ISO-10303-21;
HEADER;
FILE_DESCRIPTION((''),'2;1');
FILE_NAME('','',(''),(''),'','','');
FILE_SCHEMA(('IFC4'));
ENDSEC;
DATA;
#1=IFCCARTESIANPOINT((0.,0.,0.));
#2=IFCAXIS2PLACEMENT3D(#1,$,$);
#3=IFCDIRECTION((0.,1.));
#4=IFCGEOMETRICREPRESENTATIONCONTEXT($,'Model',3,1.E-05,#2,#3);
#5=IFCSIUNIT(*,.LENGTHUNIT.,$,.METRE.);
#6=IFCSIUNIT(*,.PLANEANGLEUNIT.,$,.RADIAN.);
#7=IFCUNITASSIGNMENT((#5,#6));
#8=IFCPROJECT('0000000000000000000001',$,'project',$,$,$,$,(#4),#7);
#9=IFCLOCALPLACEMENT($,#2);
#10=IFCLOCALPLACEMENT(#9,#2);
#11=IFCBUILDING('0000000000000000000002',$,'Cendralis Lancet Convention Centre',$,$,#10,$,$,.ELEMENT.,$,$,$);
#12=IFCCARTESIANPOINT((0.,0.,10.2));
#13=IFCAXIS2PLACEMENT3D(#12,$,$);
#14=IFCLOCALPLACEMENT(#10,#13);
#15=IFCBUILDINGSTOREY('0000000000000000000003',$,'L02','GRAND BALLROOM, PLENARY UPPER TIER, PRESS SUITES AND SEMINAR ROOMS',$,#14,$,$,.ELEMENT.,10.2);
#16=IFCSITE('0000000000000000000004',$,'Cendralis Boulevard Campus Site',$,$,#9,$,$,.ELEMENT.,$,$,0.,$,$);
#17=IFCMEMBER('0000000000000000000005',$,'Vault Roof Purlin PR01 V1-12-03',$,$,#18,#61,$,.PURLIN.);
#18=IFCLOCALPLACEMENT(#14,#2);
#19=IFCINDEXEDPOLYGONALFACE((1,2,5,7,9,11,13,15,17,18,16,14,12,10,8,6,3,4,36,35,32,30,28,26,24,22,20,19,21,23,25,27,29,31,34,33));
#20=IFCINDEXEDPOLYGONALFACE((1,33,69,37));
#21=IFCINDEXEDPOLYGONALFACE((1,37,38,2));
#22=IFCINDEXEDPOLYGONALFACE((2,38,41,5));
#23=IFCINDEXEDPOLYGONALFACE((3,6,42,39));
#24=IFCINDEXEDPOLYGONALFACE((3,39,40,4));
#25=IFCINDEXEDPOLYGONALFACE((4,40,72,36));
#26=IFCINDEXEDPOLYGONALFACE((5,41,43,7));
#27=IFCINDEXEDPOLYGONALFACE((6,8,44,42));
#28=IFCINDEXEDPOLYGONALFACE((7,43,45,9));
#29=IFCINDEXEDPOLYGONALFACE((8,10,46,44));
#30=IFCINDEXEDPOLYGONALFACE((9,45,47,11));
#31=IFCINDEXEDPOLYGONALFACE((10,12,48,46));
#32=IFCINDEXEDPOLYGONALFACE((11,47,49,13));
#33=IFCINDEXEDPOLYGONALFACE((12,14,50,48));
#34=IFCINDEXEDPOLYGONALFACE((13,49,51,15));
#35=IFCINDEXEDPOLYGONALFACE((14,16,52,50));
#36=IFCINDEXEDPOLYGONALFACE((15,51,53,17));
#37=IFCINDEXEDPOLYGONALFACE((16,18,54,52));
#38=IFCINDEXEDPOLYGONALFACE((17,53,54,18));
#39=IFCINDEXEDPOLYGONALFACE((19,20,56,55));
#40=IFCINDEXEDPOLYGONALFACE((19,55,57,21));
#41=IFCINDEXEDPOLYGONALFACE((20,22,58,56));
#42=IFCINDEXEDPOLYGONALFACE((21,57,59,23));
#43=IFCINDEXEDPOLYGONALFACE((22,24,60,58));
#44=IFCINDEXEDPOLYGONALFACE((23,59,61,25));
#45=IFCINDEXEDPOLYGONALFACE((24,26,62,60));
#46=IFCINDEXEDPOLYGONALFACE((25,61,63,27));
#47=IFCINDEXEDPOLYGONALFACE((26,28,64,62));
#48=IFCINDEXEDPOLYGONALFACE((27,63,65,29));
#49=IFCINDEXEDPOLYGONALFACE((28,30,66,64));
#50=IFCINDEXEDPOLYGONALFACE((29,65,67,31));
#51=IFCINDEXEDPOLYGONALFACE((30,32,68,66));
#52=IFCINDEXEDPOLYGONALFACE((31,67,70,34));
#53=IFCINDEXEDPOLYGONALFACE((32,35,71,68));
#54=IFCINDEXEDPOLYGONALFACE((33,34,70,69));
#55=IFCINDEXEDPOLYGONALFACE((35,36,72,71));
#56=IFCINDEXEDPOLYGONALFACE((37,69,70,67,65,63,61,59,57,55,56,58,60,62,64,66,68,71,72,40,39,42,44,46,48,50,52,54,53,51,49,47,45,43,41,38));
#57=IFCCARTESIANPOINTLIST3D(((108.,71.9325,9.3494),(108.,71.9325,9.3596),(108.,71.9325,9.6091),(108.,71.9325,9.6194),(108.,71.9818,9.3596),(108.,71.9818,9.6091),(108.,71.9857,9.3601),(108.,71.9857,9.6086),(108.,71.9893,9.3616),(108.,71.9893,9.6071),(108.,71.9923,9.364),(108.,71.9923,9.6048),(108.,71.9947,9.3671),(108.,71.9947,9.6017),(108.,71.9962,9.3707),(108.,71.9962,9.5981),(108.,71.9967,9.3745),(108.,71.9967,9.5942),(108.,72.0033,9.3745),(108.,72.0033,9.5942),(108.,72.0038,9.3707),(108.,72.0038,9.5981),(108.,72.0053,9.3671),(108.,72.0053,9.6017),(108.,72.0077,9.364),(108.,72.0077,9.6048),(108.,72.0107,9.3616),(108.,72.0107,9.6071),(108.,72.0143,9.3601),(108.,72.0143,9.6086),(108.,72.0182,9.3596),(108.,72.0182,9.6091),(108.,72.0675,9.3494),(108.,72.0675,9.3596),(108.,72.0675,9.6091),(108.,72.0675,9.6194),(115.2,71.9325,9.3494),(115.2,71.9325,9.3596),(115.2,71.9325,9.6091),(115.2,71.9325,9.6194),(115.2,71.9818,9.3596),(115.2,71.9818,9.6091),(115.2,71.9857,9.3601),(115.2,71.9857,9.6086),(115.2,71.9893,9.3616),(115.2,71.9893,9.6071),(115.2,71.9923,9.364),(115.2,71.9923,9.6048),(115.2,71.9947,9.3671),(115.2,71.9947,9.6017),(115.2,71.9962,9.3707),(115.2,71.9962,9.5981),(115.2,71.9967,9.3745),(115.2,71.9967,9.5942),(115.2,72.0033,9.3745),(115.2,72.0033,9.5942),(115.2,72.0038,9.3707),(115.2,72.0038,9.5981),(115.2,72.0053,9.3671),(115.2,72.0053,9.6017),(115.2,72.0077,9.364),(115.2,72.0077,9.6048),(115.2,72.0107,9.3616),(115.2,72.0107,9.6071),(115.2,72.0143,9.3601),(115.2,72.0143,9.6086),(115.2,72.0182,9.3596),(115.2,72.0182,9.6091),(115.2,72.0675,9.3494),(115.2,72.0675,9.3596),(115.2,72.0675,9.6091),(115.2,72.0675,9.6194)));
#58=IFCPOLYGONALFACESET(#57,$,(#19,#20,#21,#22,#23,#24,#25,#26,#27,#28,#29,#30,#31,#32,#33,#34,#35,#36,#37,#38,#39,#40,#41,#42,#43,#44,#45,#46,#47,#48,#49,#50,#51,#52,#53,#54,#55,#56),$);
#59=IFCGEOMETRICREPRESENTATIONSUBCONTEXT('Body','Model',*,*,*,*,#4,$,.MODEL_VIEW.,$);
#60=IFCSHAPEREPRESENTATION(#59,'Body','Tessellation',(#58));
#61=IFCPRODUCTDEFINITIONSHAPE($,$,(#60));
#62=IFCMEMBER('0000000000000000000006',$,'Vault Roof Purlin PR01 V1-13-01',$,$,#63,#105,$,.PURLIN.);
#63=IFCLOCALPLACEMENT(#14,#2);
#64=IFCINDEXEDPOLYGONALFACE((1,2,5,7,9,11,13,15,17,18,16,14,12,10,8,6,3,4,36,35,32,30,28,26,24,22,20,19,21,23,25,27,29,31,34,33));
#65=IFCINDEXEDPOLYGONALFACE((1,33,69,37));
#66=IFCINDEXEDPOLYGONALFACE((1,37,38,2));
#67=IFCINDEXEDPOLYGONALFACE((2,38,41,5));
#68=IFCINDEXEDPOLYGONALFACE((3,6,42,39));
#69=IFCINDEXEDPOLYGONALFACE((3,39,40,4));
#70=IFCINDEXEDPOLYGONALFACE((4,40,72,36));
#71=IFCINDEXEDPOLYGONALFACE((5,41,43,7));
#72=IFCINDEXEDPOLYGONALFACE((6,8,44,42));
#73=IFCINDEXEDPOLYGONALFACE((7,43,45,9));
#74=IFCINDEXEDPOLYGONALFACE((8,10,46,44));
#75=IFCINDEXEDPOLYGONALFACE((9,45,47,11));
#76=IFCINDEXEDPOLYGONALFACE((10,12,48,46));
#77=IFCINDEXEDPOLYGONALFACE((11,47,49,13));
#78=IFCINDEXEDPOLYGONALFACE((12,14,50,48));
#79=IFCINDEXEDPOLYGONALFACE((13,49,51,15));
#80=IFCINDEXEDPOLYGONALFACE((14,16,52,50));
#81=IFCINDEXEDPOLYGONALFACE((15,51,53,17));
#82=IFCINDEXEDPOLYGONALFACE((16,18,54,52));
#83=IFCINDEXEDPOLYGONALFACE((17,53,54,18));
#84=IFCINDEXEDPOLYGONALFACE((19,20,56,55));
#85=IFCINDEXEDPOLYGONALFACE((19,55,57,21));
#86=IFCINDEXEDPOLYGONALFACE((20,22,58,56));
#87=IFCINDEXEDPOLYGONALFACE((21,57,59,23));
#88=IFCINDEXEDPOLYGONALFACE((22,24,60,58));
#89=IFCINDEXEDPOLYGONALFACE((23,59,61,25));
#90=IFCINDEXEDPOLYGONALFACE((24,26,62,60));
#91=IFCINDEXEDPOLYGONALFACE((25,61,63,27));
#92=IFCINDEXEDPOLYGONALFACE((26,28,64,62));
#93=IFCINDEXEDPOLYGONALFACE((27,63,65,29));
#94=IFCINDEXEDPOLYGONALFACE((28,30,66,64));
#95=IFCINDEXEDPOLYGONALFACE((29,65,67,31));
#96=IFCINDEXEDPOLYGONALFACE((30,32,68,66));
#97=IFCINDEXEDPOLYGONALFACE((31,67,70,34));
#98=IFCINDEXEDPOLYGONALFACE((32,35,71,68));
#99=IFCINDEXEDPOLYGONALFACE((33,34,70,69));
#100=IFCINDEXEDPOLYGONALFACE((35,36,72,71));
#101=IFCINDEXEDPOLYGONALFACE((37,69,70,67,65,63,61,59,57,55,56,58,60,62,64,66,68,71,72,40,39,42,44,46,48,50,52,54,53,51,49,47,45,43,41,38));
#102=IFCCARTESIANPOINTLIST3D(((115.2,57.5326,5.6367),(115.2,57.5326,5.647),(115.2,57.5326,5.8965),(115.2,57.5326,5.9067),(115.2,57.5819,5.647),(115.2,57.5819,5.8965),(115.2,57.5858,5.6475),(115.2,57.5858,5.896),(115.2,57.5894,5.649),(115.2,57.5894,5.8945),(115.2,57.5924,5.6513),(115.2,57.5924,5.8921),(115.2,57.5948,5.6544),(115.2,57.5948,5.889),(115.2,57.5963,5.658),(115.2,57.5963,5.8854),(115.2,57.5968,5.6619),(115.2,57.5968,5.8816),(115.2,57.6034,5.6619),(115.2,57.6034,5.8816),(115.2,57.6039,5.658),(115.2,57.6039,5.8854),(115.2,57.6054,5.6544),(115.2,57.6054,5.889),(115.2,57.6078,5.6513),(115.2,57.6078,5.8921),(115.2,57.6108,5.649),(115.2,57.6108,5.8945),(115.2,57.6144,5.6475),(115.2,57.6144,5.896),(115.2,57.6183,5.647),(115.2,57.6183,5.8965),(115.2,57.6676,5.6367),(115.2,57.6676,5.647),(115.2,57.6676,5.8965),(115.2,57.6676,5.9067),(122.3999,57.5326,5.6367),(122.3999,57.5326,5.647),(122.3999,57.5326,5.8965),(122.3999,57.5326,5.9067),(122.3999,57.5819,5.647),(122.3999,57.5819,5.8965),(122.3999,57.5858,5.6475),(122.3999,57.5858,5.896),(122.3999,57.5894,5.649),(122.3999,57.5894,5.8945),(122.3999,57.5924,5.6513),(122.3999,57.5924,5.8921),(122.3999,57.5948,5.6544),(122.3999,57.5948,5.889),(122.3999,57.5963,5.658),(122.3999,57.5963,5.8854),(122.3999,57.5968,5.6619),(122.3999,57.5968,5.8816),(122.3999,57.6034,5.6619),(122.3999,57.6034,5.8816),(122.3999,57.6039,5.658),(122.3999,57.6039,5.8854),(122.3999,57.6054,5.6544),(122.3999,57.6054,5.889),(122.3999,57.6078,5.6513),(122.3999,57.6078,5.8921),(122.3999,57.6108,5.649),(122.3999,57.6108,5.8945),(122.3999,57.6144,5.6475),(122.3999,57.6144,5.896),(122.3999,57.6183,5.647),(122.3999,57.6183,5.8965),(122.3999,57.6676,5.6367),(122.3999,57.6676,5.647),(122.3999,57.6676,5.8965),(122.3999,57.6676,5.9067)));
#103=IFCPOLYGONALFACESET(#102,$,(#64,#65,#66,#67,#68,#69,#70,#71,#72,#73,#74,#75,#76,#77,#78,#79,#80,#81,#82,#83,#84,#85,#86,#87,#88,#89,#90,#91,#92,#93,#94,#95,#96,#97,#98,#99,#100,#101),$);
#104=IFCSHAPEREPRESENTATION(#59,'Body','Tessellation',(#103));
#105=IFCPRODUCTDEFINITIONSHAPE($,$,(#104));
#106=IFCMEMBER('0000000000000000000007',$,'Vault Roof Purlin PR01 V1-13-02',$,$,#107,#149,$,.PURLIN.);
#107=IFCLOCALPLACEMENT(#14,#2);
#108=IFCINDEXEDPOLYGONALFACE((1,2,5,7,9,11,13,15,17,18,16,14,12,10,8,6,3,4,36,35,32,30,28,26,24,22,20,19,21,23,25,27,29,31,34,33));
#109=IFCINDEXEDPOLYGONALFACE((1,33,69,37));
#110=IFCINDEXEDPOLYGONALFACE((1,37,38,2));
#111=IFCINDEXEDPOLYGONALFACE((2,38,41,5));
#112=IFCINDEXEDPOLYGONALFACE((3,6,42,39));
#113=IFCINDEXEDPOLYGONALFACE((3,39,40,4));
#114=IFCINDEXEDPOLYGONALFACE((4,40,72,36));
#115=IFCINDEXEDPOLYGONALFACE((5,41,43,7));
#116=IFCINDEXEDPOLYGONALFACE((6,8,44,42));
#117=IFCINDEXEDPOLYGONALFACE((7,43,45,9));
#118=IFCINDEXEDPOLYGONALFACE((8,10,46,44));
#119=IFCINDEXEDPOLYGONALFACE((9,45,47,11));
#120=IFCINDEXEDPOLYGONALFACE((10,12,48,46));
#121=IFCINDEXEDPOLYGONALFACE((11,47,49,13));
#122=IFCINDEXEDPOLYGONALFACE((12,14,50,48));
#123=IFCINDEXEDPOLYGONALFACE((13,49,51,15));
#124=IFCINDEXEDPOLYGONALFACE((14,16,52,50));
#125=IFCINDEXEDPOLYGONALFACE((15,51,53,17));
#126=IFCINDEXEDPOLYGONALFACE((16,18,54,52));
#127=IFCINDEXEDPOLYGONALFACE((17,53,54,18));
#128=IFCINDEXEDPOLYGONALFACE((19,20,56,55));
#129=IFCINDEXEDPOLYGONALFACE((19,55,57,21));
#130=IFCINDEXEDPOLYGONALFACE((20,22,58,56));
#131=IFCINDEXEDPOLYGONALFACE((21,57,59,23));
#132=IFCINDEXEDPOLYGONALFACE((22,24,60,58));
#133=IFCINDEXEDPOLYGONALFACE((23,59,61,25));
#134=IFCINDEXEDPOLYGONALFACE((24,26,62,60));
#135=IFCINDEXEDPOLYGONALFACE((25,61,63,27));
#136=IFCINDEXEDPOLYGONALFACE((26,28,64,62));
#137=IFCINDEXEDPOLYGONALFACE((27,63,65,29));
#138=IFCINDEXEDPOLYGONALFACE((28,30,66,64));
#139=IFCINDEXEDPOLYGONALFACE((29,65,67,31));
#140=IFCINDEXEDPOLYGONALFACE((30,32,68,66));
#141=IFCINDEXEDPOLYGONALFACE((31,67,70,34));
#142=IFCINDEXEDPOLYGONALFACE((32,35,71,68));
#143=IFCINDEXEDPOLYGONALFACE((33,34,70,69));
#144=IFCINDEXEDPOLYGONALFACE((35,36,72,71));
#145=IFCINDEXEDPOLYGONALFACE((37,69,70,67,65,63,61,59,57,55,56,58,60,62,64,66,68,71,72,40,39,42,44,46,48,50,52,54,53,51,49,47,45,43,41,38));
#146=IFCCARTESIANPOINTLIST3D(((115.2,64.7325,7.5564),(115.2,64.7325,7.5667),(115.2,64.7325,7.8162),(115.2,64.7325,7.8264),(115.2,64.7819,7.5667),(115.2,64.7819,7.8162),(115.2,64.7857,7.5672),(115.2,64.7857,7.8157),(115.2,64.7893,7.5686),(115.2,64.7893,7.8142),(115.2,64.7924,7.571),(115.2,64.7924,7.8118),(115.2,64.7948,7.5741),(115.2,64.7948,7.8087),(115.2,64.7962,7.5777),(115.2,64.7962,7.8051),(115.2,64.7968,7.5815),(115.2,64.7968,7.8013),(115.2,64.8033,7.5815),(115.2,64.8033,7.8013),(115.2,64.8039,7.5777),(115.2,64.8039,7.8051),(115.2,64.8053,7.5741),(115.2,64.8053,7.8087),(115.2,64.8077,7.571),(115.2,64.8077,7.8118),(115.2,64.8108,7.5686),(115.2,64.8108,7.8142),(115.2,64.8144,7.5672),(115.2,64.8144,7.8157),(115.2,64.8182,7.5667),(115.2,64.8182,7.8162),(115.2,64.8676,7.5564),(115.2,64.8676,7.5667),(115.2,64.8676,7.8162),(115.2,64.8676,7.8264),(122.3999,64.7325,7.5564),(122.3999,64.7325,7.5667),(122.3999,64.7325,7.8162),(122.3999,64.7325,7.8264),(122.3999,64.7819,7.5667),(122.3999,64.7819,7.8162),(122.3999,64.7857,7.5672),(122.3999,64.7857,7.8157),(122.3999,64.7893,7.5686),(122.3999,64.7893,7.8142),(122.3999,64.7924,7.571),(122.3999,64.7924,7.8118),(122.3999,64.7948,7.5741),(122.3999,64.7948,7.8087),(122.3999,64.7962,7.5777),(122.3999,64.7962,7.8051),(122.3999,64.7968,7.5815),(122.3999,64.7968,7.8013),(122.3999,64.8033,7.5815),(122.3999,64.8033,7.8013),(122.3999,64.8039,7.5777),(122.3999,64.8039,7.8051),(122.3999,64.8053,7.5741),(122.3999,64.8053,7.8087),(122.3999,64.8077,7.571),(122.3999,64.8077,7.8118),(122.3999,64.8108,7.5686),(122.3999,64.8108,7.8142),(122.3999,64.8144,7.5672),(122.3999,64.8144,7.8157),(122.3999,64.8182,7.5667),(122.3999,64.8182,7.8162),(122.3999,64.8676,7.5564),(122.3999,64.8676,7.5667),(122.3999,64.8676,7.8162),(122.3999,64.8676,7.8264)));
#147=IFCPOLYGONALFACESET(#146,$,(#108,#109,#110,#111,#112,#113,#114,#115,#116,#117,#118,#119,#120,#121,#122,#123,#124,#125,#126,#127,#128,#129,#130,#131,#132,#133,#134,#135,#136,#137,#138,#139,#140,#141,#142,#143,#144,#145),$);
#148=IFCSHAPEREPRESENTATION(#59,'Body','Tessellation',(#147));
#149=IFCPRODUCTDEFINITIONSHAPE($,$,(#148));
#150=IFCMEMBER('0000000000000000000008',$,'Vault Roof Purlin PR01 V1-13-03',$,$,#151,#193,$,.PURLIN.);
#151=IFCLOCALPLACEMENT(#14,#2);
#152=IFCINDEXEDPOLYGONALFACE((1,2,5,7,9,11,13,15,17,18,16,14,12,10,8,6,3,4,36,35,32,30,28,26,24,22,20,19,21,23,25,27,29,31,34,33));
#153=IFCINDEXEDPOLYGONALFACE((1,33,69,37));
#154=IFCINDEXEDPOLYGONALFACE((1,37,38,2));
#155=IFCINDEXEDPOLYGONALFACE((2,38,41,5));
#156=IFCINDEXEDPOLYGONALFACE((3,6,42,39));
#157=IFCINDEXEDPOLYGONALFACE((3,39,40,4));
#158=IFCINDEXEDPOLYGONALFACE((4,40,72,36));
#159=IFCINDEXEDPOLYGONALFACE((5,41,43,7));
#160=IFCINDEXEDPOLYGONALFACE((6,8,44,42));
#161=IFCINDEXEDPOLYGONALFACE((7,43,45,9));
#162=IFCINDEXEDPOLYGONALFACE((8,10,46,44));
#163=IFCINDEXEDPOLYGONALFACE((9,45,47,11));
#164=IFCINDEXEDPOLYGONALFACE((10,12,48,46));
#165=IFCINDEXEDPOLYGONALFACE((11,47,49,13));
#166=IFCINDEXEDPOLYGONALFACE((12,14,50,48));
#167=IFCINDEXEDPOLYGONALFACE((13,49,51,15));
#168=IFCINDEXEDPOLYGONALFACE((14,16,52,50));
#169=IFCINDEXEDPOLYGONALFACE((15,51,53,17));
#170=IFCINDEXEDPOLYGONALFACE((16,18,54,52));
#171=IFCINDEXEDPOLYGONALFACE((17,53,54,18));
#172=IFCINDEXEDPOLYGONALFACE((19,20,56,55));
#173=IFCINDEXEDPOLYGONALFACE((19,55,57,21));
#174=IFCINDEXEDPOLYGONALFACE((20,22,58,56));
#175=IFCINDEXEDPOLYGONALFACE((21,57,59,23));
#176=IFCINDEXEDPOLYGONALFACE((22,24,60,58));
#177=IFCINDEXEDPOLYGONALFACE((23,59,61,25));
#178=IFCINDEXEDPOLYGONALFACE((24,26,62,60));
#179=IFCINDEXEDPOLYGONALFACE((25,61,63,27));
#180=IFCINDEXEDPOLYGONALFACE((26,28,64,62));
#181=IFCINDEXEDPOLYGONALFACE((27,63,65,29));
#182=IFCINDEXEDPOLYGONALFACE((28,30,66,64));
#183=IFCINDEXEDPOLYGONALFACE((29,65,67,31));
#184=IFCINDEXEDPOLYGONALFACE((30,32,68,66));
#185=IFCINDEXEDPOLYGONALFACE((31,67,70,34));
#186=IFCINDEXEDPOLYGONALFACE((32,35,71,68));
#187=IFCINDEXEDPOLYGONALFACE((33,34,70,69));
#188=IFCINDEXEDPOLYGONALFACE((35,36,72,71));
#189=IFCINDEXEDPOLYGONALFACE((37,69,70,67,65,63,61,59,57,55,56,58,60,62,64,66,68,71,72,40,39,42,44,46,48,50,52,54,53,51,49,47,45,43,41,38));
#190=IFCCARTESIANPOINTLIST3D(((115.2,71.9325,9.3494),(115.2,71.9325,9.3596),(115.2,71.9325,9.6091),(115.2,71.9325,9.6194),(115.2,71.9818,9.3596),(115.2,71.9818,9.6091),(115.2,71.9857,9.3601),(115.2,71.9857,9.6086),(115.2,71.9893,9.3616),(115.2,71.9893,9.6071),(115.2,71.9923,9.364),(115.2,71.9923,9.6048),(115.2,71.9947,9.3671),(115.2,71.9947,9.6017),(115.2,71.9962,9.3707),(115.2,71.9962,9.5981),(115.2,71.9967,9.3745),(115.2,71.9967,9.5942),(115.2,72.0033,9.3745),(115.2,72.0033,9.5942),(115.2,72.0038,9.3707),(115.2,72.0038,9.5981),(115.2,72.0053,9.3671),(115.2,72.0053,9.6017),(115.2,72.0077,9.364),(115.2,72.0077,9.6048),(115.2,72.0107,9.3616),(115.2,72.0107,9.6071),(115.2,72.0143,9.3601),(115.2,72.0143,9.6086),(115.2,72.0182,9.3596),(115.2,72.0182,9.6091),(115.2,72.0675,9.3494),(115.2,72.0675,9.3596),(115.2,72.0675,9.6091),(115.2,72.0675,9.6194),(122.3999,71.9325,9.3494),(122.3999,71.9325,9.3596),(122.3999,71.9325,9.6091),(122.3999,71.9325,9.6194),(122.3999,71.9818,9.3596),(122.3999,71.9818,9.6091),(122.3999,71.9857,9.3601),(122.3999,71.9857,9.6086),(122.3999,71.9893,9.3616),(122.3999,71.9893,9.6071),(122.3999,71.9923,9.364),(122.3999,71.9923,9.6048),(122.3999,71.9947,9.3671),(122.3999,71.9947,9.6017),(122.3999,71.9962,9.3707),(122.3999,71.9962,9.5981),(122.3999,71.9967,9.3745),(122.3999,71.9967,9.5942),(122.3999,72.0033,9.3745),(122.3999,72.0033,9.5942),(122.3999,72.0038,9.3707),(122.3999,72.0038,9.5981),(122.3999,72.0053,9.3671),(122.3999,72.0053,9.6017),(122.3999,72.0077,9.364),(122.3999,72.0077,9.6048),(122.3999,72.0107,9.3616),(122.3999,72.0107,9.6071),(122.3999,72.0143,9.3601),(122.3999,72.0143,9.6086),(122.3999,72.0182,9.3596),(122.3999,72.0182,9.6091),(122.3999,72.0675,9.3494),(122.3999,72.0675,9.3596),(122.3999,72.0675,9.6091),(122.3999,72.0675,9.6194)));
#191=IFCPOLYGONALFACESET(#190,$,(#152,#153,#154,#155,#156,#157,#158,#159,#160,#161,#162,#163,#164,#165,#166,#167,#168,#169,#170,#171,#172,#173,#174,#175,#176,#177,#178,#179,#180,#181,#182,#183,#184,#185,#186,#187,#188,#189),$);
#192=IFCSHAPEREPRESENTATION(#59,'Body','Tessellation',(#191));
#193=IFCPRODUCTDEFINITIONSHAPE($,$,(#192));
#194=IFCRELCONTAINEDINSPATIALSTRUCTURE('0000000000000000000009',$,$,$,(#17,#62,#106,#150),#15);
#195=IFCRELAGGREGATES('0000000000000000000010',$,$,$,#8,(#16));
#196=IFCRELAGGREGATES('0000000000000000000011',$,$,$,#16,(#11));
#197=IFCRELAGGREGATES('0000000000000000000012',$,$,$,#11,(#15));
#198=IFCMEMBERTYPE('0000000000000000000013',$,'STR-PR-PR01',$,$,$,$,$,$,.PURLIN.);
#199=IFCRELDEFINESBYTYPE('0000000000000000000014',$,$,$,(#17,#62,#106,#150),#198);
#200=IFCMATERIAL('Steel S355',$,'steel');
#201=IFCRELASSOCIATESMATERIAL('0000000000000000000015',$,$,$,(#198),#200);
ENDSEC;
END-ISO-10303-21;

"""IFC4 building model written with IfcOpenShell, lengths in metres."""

from ifc_helpers import new_model, si_unit, direction, frame, origin, origin_2d, place, context, subcontext, project, spatial, i_section, extrude, material, material_profile, profile_set, type_object, element, save


model = new_model("IFC4")

# Units and contexts
model_context = context("Model", 3, precision=1e-05, world=origin(), true_north=direction((0.0, 1.0)))
body_context = subcontext(model_context, "Body", "Model", "MODEL_VIEW")
ifc_project = project(units=[si_unit("LENGTHUNIT", "METRE"), si_unit("PLANEANGLEUNIT", "RADIAN")], contexts=[model_context])

# Site, building, storey
site_placement = place(None, origin())
site = spatial("IfcSite", under=ifc_project, at=site_placement, Name="Cendralis Boulevard Campus Site", CompositionType="ELEMENT", RefElevation=0.0)
building_placement = place(site_placement, origin())
building = spatial("IfcBuilding", under=site, at=building_placement, Name="Cendralis Lancet Convention Centre", CompositionType="ELEMENT")
storey_placement = place(building_placement, frame((0.0, 0.0, 10.2)))
storey = spatial("IfcBuildingStorey", under=building, at=storey_placement, Name="L02", Description="GRAND BALLROOM, PLENARY UPPER TIER, PRESS SUITES AND SEMINAR ROOMS", CompositionType="ELEMENT", Elevation=10.2)

# Members
ifc_material = material(Name="Steel S355", Category="steel")
ifc_material_profile_1 = material_profile(ifc_material, i_section(OverallWidth=0.135, OverallDepth=0.27, WebThickness=0.0066, FlangeThickness=0.0103, FilletRadius=0.0149, at=origin_2d()), Name="IPE 270")
ifc_profile_set_1 = profile_set([ifc_material_profile_1], Name="Steel S355")
member_type_1 = type_object("IfcMemberType", Name="STR-PR-PR01", PredefinedType="PURLIN", material=ifc_profile_set_1)
for number, where, z_axis, x_axis, name in (
    (1, (108.0, 72.0, 9.4844), (1.0, 0.0, 0.0), (0.0, 1.0, 0.0), "Vault Roof Purlin PR01 V1-12-03"),
    (2, (115.2, 57.6001, 5.7717), (1.0, 0.0, 0.0), (0.0, 1.0, 0.0), "Vault Roof Purlin PR01 V1-13-01"),
    (3, (115.2, 64.8, 7.6914), (1.0, 0.0, 0.0), (0.0, 1.0, 0.0), "Vault Roof Purlin PR01 V1-13-02"),
    (4, (115.2, 72.0, 9.4844), (1.0, 0.0, 0.0), (0.0, 1.0, 0.0), "Vault Roof Purlin PR01 V1-13-03"),
):
    element("IfcMember", number, at=place(storey_placement, frame(where, z_axis=z_axis, x_axis=x_axis)), inside=storey, type_object=member_type_1, Name=name, PredefinedType="PURLIN", context=body_context, shape_type="SweptSolid", body=[
        extrude(i_section(OverallWidth=0.135, OverallDepth=0.27, WebThickness=0.0066, FlangeThickness=0.0103, FilletRadius=0.0149, at=origin_2d()), origin(), (0.0, 0.0, 1.0), 7.2),
    ])

save(model, "model.ifc")
